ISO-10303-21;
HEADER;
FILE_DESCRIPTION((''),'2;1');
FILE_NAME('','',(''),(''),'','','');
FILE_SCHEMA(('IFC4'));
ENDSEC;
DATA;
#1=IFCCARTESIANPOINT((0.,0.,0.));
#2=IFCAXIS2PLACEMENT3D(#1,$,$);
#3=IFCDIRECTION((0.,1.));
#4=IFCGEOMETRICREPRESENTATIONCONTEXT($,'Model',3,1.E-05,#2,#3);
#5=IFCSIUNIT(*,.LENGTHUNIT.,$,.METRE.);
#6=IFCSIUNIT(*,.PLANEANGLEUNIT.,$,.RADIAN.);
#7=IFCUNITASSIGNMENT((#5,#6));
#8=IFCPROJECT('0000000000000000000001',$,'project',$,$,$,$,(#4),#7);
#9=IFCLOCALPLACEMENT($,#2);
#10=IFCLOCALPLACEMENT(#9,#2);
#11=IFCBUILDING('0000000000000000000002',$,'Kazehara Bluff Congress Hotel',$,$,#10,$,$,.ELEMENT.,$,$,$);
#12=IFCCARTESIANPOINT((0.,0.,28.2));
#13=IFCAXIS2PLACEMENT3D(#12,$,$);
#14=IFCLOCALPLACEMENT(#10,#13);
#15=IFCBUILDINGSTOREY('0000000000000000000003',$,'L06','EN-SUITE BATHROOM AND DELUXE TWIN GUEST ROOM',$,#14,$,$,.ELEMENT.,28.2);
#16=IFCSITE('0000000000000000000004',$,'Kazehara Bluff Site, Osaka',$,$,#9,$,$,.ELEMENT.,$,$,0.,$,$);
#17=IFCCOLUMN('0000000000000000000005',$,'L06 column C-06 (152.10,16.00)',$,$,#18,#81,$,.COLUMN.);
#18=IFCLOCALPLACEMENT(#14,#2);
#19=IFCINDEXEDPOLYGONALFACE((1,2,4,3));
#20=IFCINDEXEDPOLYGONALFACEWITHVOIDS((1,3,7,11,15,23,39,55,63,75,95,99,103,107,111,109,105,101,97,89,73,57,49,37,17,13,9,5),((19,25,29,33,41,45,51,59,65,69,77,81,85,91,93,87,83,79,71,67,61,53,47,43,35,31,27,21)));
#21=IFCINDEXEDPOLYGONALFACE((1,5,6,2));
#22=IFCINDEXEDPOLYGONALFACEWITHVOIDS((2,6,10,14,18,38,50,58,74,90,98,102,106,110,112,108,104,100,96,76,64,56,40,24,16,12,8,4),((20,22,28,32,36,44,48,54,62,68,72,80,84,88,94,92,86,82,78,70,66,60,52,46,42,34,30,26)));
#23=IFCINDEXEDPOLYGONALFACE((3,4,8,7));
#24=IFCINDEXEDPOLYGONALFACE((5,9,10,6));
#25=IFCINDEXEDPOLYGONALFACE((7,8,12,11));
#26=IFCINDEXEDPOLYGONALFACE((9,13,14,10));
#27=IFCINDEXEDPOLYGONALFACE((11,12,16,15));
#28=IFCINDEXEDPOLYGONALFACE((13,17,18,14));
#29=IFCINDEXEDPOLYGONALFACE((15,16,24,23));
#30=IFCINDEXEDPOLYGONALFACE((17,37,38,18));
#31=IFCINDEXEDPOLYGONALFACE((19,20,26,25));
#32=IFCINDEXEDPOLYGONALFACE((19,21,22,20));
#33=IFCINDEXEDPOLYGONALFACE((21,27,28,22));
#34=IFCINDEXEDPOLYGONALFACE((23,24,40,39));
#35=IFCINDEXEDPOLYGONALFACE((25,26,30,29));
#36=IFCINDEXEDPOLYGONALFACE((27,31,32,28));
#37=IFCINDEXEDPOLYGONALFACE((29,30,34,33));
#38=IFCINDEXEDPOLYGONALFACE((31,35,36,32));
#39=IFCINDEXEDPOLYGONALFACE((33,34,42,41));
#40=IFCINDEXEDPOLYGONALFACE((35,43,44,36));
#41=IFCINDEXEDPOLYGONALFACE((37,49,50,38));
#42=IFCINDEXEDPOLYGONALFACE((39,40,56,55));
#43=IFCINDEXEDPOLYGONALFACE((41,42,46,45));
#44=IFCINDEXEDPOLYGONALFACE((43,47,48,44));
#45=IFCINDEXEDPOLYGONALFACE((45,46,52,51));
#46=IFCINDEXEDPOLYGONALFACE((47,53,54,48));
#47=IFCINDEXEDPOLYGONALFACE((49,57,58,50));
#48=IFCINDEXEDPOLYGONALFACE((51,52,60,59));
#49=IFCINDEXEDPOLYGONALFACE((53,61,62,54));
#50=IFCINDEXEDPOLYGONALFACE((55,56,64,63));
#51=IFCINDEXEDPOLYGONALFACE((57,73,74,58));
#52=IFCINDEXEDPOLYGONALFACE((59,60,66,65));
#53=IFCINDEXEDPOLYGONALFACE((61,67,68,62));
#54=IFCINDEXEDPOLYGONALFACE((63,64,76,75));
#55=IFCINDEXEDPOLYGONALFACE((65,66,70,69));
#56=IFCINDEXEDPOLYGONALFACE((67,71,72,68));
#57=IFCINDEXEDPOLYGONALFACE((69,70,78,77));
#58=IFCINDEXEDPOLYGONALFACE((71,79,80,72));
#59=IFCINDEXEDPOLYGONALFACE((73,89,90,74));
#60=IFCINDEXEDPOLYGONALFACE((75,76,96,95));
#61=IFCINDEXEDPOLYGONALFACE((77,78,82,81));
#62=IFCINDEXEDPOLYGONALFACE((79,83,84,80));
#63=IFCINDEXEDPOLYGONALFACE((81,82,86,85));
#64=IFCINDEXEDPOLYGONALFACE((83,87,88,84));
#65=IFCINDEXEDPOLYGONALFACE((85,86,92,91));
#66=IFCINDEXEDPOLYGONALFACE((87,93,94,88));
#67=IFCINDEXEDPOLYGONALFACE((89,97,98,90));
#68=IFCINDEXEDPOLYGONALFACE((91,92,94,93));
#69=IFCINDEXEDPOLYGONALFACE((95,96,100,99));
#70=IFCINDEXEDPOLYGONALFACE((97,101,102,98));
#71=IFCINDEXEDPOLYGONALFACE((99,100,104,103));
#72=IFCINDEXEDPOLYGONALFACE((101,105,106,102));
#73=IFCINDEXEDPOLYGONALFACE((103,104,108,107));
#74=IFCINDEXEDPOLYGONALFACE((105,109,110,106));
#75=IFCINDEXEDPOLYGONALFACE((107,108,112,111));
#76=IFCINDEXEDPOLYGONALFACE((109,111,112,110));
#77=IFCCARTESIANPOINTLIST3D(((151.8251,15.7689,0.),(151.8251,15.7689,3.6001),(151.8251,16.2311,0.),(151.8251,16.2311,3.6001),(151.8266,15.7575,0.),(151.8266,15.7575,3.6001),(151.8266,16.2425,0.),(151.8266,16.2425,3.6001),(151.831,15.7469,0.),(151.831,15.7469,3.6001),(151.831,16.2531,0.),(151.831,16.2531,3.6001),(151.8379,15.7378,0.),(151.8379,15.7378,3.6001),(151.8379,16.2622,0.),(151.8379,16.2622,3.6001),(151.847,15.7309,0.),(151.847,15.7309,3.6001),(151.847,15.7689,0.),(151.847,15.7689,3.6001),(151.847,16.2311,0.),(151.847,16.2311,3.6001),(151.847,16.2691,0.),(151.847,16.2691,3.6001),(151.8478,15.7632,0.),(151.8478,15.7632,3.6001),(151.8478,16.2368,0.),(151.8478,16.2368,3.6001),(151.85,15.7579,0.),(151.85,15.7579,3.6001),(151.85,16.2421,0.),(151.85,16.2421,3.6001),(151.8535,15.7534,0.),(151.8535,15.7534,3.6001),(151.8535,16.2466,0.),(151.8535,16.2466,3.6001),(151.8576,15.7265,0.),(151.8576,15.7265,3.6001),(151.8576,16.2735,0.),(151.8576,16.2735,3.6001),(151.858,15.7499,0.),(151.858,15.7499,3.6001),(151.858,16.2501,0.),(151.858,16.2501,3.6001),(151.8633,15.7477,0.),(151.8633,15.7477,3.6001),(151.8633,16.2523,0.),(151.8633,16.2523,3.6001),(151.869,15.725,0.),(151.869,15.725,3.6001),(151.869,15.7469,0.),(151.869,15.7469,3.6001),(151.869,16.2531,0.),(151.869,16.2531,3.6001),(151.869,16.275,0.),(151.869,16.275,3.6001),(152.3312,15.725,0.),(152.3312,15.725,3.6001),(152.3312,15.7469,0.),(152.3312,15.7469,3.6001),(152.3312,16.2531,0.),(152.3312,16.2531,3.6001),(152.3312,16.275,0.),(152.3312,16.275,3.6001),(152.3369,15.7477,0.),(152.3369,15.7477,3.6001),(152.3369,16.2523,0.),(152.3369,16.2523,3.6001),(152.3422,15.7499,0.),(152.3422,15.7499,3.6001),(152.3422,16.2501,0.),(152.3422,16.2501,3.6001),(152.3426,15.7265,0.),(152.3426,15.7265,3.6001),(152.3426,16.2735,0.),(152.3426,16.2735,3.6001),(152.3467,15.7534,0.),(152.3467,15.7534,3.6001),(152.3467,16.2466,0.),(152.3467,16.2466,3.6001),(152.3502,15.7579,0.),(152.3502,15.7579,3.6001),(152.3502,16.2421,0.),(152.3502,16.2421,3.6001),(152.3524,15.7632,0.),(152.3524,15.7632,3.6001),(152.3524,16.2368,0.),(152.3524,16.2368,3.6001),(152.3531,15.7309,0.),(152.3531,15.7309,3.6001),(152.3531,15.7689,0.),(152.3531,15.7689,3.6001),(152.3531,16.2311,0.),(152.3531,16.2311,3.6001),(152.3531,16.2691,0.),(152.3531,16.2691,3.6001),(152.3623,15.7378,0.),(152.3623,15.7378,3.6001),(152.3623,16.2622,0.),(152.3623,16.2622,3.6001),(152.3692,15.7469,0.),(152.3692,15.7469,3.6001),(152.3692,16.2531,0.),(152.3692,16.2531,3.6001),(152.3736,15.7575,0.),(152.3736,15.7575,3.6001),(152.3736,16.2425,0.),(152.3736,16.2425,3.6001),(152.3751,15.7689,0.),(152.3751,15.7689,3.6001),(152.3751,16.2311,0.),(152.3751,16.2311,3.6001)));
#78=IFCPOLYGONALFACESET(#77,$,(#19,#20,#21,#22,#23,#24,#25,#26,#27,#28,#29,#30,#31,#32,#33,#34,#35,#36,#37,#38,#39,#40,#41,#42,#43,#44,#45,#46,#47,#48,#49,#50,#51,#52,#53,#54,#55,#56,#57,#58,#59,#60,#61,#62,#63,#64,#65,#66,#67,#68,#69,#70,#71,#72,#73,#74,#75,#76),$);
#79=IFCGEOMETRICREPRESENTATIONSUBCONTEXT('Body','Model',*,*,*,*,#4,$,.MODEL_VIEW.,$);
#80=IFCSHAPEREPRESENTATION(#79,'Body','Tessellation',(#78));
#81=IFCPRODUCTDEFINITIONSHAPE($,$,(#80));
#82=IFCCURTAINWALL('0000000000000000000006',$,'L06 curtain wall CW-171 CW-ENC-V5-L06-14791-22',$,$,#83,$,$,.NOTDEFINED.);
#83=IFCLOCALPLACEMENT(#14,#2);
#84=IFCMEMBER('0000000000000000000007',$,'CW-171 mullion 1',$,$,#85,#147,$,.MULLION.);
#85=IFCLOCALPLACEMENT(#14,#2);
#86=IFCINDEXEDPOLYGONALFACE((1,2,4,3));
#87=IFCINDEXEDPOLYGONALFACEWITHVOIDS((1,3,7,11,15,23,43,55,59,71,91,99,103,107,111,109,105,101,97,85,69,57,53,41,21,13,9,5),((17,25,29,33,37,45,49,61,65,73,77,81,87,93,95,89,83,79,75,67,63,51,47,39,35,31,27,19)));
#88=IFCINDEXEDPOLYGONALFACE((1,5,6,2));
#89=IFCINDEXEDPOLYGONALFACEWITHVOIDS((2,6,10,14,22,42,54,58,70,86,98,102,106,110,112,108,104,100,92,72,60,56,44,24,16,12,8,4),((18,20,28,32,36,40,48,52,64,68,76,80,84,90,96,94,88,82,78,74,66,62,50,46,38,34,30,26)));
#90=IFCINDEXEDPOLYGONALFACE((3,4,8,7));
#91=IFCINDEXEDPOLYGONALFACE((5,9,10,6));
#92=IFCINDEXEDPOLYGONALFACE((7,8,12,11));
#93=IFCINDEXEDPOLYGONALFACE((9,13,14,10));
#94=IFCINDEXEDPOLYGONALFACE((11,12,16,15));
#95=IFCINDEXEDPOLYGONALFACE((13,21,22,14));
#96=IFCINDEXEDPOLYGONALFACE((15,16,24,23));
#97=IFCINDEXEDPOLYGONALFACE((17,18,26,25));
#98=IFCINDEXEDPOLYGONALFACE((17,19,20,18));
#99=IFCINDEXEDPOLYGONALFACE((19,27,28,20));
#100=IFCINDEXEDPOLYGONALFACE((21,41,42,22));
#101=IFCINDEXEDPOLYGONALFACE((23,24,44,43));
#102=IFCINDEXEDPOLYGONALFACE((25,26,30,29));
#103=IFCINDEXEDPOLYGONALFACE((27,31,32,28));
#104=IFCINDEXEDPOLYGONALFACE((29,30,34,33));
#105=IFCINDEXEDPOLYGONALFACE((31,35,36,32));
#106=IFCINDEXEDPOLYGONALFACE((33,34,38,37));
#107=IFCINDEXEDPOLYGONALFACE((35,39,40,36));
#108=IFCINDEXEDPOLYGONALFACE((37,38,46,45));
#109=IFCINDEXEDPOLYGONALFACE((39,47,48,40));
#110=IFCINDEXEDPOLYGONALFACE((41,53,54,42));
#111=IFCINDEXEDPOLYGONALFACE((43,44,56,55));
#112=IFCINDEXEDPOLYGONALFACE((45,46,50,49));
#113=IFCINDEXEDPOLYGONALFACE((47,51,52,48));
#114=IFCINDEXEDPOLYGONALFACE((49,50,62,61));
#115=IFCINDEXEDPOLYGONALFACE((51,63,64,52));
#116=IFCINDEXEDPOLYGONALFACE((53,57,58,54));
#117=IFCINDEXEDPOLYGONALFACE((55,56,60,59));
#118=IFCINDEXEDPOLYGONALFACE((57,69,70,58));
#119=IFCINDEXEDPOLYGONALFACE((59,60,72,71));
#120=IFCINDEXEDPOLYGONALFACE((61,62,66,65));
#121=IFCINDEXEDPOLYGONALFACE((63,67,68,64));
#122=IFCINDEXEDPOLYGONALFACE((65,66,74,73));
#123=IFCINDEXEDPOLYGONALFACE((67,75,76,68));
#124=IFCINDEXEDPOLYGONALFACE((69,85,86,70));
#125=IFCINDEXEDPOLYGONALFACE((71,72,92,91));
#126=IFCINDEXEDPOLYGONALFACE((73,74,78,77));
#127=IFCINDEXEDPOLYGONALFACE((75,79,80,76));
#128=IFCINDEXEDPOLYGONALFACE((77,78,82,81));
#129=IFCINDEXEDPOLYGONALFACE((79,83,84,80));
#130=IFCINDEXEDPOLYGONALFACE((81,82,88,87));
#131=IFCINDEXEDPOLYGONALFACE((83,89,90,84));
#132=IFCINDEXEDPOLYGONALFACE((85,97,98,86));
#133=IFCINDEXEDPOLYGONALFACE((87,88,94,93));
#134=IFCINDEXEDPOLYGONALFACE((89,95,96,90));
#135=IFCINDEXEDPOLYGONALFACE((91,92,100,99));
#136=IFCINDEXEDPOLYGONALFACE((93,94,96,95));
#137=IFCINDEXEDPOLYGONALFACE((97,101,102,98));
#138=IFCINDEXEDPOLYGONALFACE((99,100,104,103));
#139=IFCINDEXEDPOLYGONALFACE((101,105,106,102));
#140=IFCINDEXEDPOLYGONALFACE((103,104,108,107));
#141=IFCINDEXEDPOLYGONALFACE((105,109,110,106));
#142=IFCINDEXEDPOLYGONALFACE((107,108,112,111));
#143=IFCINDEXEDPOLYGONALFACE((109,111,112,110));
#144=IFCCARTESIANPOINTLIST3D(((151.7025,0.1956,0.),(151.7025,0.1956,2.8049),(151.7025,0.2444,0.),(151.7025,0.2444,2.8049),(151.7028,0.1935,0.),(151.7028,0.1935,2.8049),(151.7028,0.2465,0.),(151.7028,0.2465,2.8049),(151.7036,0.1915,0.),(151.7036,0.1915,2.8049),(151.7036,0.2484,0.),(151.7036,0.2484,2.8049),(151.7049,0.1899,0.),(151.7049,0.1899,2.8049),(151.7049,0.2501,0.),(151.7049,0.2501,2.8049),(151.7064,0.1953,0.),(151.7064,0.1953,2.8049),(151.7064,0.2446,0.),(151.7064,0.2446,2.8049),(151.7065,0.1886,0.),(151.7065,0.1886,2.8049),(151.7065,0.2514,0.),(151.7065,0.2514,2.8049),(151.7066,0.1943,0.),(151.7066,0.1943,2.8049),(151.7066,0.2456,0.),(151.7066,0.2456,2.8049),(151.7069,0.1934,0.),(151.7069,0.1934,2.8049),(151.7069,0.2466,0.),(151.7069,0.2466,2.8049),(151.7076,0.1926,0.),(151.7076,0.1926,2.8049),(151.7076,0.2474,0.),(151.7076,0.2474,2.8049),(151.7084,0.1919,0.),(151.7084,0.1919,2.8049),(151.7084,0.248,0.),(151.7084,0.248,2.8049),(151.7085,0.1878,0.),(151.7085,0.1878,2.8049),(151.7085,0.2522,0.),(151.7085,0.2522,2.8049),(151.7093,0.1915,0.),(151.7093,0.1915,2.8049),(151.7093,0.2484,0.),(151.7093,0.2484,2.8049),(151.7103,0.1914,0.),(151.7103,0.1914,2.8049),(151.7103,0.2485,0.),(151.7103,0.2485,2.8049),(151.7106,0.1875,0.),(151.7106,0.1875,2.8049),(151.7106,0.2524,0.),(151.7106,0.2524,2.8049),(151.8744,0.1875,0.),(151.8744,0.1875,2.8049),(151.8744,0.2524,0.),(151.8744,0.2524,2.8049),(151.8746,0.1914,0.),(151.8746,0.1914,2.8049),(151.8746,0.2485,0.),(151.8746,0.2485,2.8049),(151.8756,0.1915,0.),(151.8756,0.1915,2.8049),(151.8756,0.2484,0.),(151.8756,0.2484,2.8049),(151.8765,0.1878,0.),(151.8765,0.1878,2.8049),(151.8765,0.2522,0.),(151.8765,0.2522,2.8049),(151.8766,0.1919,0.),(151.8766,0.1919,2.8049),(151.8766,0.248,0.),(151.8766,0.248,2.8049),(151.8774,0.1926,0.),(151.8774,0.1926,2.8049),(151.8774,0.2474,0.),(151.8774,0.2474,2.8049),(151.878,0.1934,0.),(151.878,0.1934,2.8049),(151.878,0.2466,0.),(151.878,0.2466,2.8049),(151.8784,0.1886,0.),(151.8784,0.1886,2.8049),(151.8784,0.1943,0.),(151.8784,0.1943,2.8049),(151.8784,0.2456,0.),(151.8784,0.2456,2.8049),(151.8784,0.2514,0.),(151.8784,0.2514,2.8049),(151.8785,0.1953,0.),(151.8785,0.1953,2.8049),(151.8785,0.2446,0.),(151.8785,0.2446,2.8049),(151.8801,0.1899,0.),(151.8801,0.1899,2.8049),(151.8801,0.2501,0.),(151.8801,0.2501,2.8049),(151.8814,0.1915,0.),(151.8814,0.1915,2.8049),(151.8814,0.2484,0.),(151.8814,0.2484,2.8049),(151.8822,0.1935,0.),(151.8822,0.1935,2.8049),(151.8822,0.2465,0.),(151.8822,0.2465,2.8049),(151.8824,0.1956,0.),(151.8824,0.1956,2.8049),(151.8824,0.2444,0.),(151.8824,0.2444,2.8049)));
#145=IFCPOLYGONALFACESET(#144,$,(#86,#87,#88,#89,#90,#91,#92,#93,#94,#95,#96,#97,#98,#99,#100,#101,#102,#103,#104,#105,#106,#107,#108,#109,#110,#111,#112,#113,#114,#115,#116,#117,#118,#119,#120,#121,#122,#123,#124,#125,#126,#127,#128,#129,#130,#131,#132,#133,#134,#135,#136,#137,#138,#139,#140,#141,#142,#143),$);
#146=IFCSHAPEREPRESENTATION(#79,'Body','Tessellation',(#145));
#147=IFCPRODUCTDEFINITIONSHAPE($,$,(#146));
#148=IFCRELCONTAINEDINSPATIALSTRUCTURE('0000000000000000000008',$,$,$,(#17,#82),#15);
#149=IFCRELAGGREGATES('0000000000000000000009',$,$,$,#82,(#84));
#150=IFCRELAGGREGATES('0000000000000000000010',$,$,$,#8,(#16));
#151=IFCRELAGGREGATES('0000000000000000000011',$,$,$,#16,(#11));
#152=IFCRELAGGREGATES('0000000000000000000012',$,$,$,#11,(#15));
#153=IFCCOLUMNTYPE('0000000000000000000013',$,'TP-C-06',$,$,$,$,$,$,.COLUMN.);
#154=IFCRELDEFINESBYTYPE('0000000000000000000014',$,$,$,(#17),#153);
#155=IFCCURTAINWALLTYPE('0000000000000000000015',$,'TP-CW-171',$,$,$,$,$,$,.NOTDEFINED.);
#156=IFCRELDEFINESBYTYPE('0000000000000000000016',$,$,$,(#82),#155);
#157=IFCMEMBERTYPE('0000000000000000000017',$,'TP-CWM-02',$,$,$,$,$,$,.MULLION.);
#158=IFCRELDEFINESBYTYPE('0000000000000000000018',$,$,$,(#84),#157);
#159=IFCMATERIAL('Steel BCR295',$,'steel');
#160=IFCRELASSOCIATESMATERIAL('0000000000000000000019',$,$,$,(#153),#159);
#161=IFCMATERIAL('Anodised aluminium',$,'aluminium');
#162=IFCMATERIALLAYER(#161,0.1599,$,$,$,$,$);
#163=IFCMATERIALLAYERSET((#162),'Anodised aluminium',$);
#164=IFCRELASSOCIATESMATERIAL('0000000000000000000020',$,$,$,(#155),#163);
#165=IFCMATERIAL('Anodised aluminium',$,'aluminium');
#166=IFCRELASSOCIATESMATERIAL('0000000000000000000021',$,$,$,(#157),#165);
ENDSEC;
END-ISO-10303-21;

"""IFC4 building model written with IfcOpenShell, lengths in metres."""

from ifc_helpers import new_model, si_unit, direction, frame, origin, origin_2d, place, context, subcontext, project, spatial, hollow_rectangle, extrude, material, layer, layer_set, material_profile, profile_set, type_object, element, aggregate, save


model = new_model("IFC4")

# Units and contexts
model_context = context("Model", 3, precision=1e-05, world=origin(), true_north=direction((0.0, 1.0)))
body_context = subcontext(model_context, "Body", "Model", "MODEL_VIEW")
ifc_project = project(units=[si_unit("LENGTHUNIT", "METRE"), si_unit("PLANEANGLEUNIT", "RADIAN")], contexts=[model_context])

# Site, building, storey
site_placement = place(None, origin())
site = spatial("IfcSite", under=ifc_project, at=site_placement, Name="Kazehara Bluff Site, Osaka", CompositionType="ELEMENT", RefElevation=0.0)
building_placement = place(site_placement, origin())
building = spatial("IfcBuilding", under=site, at=building_placement, Name="Kazehara Bluff Congress Hotel", CompositionType="ELEMENT")
storey_placement = place(building_placement, frame((0.0, 0.0, 28.2)))
storey = spatial("IfcBuildingStorey", under=building, at=storey_placement, Name="L06", Description="EN-SUITE BATHROOM AND DELUXE TWIN GUEST ROOM", CompositionType="ELEMENT", Elevation=28.2)

# Column
ifc_material_1 = material(Name="Steel BCR295", Category="steel")
ifc_material_profile_1 = material_profile(ifc_material_1, hollow_rectangle(XDim=0.55, YDim=0.55, WallThickness=0.022, InnerFilletRadius=0.022, OuterFilletRadius=0.0439, at=origin_2d()))
ifc_profile_set_1 = profile_set([ifc_material_profile_1], Name="Steel BCR295")
column_type = type_object("IfcColumnType", Name="TP-C-06", PredefinedType="COLUMN", material=ifc_profile_set_1)
for number, where, z_axis, x_axis, name in (
    (1, (152.1001, 16.0, 0.0), (0.0, 0.0, 1.0), (1.0, 0.0, 0.0), "L06 column C-06 (152.10,16.00)"),
):
    element("IfcColumn", number, at=place(storey_placement, frame(where, z_axis=z_axis, x_axis=x_axis)), inside=storey, type_object=column_type, Name=name, PredefinedType="COLUMN", context=body_context, shape_type="SweptSolid", body=[
        extrude(hollow_rectangle(XDim=0.55, YDim=0.55, WallThickness=0.022, InnerFilletRadius=0.022, OuterFilletRadius=0.0439, at=origin_2d()), origin(), (0.0, 0.0, 1.0), 3.6001),
    ])

# Curtain wall, member
ifc_material_2 = material(Name="Anodised aluminium", Category="aluminium")
ifc_layer_1 = layer(ifc_material_2, 0.1599)
ifc_layer_set_1 = layer_set([ifc_layer_1], Name="Anodised aluminium")
curtain_wall_type = type_object("IfcCurtainWallType", Name="TP-CW-171", PredefinedType="NOTDEFINED", material=ifc_layer_set_1)
curtain_wall_placement = place(storey_placement, origin())
curtain_wall = element("IfcCurtainWall", 2, at=curtain_wall_placement, inside=storey, type_object=curtain_wall_type, Name="L06 curtain wall CW-171 CW-ENC-V5-L06-14791-22", PredefinedType="NOTDEFINED")
ifc_material_3 = material(Name="Anodised aluminium", Category="aluminium")
ifc_material_profile_2 = material_profile(ifc_material_3, hollow_rectangle(XDim=0.0649, YDim=0.1799, WallThickness=0.0039, InnerFilletRadius=0.0039, OuterFilletRadius=0.0081, at=origin_2d()))
ifc_profile_set_2 = profile_set([ifc_material_profile_2], Name="Anodised aluminium")
member_type_1 = type_object("IfcMemberType", Name="TP-CWM-02", PredefinedType="MULLION", material=ifc_profile_set_2)
member_1_placement = place(storey_placement, frame((151.7925, 0.22, 0.0), z_axis=(0.0, 0.0, 1.0), x_axis=(0.0, -1.0, 0.0)))
member_1 = element("IfcMember", 3, at=member_1_placement, type_object=member_type_1, Name="CW-171 mullion 1", PredefinedType="MULLION", context=body_context, shape_type="SweptSolid", body=[
    extrude(hollow_rectangle(XDim=0.0649, YDim=0.1799, WallThickness=0.0039, InnerFilletRadius=0.0039, OuterFilletRadius=0.0081, at=origin_2d()), origin(), (0.0, 0.0, 1.0), 2.8049),
])
aggregate(curtain_wall, [member_1])

save(model, "model.ifc")
